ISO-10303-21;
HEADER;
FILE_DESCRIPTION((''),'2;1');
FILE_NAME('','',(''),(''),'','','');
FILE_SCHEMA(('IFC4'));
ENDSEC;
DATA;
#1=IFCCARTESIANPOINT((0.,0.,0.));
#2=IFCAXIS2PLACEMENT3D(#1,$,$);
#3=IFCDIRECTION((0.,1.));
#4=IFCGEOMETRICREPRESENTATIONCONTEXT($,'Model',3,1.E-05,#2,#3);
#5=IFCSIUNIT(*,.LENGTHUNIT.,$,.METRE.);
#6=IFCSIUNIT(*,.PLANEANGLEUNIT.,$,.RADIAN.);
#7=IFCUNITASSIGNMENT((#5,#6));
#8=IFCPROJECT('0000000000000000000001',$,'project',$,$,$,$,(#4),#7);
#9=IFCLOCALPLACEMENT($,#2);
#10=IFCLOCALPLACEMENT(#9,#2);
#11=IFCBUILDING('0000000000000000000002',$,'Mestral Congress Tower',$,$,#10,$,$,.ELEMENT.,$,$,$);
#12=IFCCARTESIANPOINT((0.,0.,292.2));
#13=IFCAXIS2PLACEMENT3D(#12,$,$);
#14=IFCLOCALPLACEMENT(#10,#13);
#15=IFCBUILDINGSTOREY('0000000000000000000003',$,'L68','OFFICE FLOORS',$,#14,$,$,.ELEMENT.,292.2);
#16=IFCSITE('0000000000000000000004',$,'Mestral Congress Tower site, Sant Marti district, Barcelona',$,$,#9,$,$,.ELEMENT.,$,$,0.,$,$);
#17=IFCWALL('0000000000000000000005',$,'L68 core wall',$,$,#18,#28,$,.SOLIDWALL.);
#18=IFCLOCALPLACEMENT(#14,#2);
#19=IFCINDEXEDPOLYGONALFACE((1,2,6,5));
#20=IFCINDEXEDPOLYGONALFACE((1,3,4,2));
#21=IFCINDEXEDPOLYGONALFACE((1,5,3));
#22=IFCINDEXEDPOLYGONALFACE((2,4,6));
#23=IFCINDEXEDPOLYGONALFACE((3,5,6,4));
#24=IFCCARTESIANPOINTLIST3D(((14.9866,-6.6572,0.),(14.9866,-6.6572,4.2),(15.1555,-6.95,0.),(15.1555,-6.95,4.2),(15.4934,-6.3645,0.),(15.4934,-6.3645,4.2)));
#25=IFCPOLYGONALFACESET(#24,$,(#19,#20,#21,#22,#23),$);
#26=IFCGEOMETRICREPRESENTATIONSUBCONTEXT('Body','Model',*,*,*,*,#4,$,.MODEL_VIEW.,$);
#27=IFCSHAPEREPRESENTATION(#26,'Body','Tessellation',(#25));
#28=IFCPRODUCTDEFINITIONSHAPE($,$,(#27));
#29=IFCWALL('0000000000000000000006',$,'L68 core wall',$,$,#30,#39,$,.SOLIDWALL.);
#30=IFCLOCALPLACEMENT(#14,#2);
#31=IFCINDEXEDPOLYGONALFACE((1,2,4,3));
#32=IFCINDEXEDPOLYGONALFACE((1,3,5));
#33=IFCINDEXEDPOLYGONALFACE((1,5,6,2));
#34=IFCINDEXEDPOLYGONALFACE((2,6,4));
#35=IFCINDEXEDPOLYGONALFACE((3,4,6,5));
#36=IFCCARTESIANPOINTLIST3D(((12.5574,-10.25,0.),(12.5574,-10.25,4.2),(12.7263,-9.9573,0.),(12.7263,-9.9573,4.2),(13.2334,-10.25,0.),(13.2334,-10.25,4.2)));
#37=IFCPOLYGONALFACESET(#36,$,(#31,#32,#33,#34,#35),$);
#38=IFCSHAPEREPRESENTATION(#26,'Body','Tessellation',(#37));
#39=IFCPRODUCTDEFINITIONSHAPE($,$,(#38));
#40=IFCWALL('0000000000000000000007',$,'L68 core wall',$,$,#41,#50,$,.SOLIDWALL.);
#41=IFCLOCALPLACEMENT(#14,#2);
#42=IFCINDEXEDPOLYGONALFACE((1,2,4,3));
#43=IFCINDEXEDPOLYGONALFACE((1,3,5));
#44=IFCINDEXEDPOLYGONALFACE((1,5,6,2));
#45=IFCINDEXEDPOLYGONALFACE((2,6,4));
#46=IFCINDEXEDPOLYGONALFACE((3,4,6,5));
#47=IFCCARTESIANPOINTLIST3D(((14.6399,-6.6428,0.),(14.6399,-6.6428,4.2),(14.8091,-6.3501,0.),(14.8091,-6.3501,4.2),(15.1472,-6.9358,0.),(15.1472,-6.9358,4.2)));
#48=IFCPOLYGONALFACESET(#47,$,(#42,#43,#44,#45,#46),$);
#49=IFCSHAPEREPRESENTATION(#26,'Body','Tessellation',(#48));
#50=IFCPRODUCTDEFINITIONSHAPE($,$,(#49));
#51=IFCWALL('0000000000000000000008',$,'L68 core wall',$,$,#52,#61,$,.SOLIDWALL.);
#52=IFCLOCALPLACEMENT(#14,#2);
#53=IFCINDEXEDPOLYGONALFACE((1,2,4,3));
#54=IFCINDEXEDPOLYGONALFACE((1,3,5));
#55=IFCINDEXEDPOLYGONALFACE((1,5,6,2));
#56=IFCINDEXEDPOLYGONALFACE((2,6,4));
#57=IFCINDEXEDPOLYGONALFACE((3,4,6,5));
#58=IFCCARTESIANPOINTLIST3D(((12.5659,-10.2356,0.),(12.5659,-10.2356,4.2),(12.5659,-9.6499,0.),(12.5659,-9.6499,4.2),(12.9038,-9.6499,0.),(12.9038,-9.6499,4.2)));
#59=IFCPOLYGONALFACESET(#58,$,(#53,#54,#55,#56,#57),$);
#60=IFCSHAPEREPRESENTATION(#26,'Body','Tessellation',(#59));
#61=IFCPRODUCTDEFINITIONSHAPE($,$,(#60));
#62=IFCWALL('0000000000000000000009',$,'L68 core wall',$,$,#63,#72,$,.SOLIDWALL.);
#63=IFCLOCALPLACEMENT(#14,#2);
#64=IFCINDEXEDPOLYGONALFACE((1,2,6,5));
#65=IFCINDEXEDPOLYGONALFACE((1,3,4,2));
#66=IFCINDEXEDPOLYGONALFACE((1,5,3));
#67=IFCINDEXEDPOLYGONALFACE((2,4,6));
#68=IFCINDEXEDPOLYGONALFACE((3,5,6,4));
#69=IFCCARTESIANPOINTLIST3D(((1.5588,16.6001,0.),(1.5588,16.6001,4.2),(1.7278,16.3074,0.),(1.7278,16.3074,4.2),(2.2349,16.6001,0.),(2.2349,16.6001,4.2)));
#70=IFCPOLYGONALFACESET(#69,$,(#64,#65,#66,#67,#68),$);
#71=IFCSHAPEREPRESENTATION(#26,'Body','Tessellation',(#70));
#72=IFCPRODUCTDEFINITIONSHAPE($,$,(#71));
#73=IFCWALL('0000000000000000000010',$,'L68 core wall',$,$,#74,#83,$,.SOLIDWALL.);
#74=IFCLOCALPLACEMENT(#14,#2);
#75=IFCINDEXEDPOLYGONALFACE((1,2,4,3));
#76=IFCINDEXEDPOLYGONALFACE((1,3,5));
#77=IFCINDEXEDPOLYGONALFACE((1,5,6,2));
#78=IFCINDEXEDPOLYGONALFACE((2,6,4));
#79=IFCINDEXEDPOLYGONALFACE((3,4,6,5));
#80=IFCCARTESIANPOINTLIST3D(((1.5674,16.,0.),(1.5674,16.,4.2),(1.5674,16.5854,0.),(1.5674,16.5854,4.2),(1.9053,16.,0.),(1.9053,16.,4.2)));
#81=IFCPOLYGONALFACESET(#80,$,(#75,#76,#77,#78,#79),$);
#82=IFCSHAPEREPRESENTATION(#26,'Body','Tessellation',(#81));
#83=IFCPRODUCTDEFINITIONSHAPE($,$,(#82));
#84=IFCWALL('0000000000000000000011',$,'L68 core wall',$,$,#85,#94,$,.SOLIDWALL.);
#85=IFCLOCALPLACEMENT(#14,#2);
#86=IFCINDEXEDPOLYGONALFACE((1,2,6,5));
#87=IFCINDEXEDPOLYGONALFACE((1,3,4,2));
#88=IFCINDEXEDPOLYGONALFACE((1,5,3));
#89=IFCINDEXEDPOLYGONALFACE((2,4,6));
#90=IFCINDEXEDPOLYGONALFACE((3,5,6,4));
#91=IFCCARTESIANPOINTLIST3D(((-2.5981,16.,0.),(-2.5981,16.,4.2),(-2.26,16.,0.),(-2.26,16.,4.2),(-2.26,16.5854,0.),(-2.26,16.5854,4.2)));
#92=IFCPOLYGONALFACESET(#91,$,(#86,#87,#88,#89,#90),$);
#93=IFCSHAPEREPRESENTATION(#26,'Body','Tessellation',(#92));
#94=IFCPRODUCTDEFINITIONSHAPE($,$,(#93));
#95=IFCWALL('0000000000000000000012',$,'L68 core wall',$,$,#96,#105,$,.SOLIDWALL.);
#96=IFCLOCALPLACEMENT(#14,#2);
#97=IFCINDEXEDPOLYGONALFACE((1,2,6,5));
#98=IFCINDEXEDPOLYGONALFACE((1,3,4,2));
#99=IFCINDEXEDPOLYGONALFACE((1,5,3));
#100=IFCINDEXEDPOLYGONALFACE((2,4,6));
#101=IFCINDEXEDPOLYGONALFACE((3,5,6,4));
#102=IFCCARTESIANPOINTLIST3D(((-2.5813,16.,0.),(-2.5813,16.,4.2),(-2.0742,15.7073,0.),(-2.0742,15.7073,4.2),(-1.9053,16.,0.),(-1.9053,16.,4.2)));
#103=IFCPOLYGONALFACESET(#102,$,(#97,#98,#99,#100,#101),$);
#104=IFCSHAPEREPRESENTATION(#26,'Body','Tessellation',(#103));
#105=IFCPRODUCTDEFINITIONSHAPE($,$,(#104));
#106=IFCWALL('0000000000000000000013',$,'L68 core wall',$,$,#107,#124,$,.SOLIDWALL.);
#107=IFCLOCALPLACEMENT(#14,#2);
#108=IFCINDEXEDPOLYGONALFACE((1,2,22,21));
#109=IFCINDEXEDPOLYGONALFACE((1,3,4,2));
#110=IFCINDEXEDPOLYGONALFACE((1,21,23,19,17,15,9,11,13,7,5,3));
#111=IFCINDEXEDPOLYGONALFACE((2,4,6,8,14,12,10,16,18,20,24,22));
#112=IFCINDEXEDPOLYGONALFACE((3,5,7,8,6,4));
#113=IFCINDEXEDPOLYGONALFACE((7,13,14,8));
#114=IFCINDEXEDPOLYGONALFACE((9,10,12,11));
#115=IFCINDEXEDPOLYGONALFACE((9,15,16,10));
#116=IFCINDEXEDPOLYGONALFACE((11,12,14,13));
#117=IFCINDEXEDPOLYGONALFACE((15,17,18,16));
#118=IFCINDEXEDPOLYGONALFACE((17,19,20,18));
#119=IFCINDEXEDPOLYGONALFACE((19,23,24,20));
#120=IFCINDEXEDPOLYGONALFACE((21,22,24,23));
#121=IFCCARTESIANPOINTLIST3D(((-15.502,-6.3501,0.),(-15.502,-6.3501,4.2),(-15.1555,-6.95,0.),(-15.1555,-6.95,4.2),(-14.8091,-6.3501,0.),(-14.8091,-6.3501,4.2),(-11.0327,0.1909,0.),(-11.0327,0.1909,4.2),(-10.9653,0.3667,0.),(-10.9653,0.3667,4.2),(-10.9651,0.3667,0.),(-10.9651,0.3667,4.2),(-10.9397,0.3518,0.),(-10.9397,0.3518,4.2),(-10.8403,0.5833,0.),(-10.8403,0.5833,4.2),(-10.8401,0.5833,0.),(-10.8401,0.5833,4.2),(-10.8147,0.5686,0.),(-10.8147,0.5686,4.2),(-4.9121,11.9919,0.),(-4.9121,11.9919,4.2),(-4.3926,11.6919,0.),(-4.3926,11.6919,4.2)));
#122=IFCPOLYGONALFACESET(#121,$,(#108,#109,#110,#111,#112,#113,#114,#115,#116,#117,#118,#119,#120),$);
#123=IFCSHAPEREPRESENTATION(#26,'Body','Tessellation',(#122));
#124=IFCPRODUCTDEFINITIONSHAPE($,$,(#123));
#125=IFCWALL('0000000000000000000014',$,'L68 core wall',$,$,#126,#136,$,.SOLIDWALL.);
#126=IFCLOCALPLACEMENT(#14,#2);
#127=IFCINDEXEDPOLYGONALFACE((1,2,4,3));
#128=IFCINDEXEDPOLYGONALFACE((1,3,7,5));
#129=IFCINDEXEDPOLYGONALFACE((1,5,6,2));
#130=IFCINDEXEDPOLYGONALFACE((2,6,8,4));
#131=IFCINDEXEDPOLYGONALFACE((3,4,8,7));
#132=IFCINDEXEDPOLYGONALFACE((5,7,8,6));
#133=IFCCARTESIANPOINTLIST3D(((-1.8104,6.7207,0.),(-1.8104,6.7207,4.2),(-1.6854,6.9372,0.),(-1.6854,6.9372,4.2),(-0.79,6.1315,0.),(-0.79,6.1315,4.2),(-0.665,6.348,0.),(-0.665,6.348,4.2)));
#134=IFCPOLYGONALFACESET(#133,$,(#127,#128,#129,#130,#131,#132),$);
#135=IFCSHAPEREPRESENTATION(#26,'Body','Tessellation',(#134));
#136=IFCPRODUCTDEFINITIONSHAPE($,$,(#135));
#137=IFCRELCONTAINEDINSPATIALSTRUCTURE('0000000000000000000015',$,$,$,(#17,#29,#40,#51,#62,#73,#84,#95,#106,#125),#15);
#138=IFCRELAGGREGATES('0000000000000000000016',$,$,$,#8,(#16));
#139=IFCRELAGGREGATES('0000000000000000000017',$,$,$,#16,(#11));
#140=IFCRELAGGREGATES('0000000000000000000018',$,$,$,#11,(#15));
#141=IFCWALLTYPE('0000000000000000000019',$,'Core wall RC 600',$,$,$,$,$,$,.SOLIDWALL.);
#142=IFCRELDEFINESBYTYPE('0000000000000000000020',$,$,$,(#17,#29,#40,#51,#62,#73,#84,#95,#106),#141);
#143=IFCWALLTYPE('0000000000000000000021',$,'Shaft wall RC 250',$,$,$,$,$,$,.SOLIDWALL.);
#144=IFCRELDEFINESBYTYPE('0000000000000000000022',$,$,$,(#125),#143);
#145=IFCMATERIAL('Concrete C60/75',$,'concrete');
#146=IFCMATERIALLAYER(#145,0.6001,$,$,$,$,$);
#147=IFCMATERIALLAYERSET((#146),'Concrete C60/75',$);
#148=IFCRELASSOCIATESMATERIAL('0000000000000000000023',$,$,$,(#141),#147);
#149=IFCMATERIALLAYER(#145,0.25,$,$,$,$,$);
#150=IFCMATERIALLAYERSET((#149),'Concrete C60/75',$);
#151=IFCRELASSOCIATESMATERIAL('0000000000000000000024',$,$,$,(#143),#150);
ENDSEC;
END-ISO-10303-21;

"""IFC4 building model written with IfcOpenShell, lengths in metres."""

from ifc_helpers import new_model, si_unit, direction, frame, frame_2d, origin, place, context, subcontext, project, spatial, polyline, rectangle, outline, extrude, material, layer, layer_set, type_object, element, save


model = new_model("IFC4")

# Units and contexts
model_context = context("Model", 3, precision=1e-05, world=origin(), true_north=direction((0.0, 1.0)))
body_context = subcontext(model_context, "Body", "Model", "MODEL_VIEW")
ifc_project = project(units=[si_unit("LENGTHUNIT", "METRE"), si_unit("PLANEANGLEUNIT", "RADIAN")], contexts=[model_context])

# Site, building, storey
site_placement = place(None, origin())
site = spatial("IfcSite", under=ifc_project, at=site_placement, Name="Mestral Congress Tower site, Sant Marti district, Barcelona", CompositionType="ELEMENT", RefElevation=0.0)
building_placement = place(site_placement, origin())
building = spatial("IfcBuilding", under=site, at=building_placement, Name="Mestral Congress Tower", CompositionType="ELEMENT")
storey_placement = place(building_placement, frame((0.0, 0.0, 292.2)))
storey = spatial("IfcBuildingStorey", under=building, at=storey_placement, Name="L68", Description="OFFICE FLOORS", CompositionType="ELEMENT", Elevation=292.2)

# Shared definitions
ifc_material_1 = material(Name="Concrete C60/75", Category="concrete")

# Shared definitions
placement_1 = place(storey_placement, origin())

# Walls
ifc_layer_1 = layer(ifc_material_1, 0.6001)
ifc_layer_set_1 = layer_set([ifc_layer_1], Name="Concrete C60/75")
wall_type_1 = type_object("IfcWallType", Name="Core wall RC 600", PredefinedType="SOLIDWALL", material=ifc_layer_set_1)
element("IfcWall", 1, at=placement_1, inside=storey, type_object=wall_type_1, Name="L68 core wall", PredefinedType="SOLIDWALL", context=body_context, shape_type="SweptSolid", body=[
    extrude(outline(polyline([(15.1555, -6.95), (14.9866, -6.6572), (15.4934, -6.3645), (15.1555, -6.95)])), origin(), (0.0, 0.0, 1.0), 4.2),
])
element("IfcWall", 2, at=placement_1, inside=storey, type_object=wall_type_1, Name="L68 core wall", PredefinedType="SOLIDWALL", context=body_context, shape_type="SweptSolid", body=[
    extrude(outline(polyline([(12.7263, -9.9573), (13.2334, -10.25), (12.5574, -10.25), (12.7263, -9.9573)])), origin(), (0.0, 0.0, 1.0), 4.2),
])
element("IfcWall", 3, at=placement_1, inside=storey, type_object=wall_type_1, Name="L68 core wall", PredefinedType="SOLIDWALL", context=body_context, shape_type="SweptSolid", body=[
    extrude(outline(polyline([(14.8091, -6.3501), (15.1472, -6.9358), (14.6399, -6.6428), (14.8091, -6.3501)])), origin(), (0.0, 0.0, 1.0), 4.2),
])
element("IfcWall", 4, at=placement_1, inside=storey, type_object=wall_type_1, Name="L68 core wall", PredefinedType="SOLIDWALL", context=body_context, shape_type="SweptSolid", body=[
    extrude(outline(polyline([(12.9038, -9.6499), (12.5659, -10.2356), (12.5659, -9.6499), (12.9038, -9.6499)])), origin(), (0.0, 0.0, 1.0), 4.2),
])
element("IfcWall", 5, at=placement_1, inside=storey, type_object=wall_type_1, Name="L68 core wall", PredefinedType="SOLIDWALL", context=body_context, shape_type="SweptSolid", body=[
    extrude(outline(polyline([(1.5588, 16.6001), (2.2349, 16.6001), (1.7278, 16.3074), (1.5588, 16.6001)])), origin(), (0.0, 0.0, 1.0), 4.2),
])
element("IfcWall", 6, at=placement_1, inside=storey, type_object=wall_type_1, Name="L68 core wall", PredefinedType="SOLIDWALL", context=body_context, shape_type="SweptSolid", body=[
    extrude(outline(polyline([(1.9053, 16.0), (1.5674, 16.0), (1.5674, 16.5854), (1.9053, 16.0)])), origin(), (0.0, 0.0, 1.0), 4.2),
])
element("IfcWall", 7, at=placement_1, inside=storey, type_object=wall_type_1, Name="L68 core wall", PredefinedType="SOLIDWALL", context=body_context, shape_type="SweptSolid", body=[
    extrude(outline(polyline([(-2.5981, 16.0), (-2.26, 16.5854), (-2.26, 16.0), (-2.5981, 16.0)])), origin(), (0.0, 0.0, 1.0), 4.2),
])
element("IfcWall", 8, at=placement_1, inside=storey, type_object=wall_type_1, Name="L68 core wall", PredefinedType="SOLIDWALL", context=body_context, shape_type="SweptSolid", body=[
    extrude(outline(polyline([(-1.9053, 16.0), (-2.0742, 15.7073), (-2.5813, 16.0), (-1.9053, 16.0)])), origin(), (0.0, 0.0, 1.0), 4.2),
])
element("IfcWall", 9, at=placement_1, inside=storey, type_object=wall_type_1, Name="L68 core wall", PredefinedType="SOLIDWALL", context=body_context, shape_type="SweptSolid", body=[
    extrude(outline(polyline([(-15.502, -6.3501), (-4.9121, 11.9919), (-4.3926, 11.6919), (-10.8147, 0.5686), (-10.8401, 0.5833), (-10.8401, 0.5833), (-10.8403, 0.5833), (-10.9653, 0.3667), (-10.9653, 0.3667), (-10.9651, 0.3667), (-10.9397, 0.3518), (-11.0327, 0.1909), (-14.8091, -6.3501), (-15.1555, -6.95), (-15.502, -6.3501)])), origin(), (0.0, 0.0, 1.0), 4.2),
])
ifc_layer_2 = layer(ifc_material_1, 0.25)
ifc_layer_set_2 = layer_set([ifc_layer_2], Name="Concrete C60/75")
wall_type_2 = type_object("IfcWallType", Name="Shaft wall RC 250", PredefinedType="SOLIDWALL", material=ifc_layer_set_2)
wall_1_placement = place(storey_placement, frame((-0.7275, 6.2397, 0.0), z_axis=(0.0, 0.0, 1.0), x_axis=(-0.866003, 0.500039, 0.0)))
element("IfcWall", 10, at=wall_1_placement, inside=storey, type_object=wall_type_2, Name="L68 core wall", PredefinedType="SOLIDWALL", context=body_context, shape_type="SweptSolid", body=[
    extrude(rectangle(XDim=1.1782, YDim=0.25, at=frame_2d((0.5891, 0.0))), origin(), (0.0, 0.0, 1.0), 4.2),
])

save(model, "model.ifc")
